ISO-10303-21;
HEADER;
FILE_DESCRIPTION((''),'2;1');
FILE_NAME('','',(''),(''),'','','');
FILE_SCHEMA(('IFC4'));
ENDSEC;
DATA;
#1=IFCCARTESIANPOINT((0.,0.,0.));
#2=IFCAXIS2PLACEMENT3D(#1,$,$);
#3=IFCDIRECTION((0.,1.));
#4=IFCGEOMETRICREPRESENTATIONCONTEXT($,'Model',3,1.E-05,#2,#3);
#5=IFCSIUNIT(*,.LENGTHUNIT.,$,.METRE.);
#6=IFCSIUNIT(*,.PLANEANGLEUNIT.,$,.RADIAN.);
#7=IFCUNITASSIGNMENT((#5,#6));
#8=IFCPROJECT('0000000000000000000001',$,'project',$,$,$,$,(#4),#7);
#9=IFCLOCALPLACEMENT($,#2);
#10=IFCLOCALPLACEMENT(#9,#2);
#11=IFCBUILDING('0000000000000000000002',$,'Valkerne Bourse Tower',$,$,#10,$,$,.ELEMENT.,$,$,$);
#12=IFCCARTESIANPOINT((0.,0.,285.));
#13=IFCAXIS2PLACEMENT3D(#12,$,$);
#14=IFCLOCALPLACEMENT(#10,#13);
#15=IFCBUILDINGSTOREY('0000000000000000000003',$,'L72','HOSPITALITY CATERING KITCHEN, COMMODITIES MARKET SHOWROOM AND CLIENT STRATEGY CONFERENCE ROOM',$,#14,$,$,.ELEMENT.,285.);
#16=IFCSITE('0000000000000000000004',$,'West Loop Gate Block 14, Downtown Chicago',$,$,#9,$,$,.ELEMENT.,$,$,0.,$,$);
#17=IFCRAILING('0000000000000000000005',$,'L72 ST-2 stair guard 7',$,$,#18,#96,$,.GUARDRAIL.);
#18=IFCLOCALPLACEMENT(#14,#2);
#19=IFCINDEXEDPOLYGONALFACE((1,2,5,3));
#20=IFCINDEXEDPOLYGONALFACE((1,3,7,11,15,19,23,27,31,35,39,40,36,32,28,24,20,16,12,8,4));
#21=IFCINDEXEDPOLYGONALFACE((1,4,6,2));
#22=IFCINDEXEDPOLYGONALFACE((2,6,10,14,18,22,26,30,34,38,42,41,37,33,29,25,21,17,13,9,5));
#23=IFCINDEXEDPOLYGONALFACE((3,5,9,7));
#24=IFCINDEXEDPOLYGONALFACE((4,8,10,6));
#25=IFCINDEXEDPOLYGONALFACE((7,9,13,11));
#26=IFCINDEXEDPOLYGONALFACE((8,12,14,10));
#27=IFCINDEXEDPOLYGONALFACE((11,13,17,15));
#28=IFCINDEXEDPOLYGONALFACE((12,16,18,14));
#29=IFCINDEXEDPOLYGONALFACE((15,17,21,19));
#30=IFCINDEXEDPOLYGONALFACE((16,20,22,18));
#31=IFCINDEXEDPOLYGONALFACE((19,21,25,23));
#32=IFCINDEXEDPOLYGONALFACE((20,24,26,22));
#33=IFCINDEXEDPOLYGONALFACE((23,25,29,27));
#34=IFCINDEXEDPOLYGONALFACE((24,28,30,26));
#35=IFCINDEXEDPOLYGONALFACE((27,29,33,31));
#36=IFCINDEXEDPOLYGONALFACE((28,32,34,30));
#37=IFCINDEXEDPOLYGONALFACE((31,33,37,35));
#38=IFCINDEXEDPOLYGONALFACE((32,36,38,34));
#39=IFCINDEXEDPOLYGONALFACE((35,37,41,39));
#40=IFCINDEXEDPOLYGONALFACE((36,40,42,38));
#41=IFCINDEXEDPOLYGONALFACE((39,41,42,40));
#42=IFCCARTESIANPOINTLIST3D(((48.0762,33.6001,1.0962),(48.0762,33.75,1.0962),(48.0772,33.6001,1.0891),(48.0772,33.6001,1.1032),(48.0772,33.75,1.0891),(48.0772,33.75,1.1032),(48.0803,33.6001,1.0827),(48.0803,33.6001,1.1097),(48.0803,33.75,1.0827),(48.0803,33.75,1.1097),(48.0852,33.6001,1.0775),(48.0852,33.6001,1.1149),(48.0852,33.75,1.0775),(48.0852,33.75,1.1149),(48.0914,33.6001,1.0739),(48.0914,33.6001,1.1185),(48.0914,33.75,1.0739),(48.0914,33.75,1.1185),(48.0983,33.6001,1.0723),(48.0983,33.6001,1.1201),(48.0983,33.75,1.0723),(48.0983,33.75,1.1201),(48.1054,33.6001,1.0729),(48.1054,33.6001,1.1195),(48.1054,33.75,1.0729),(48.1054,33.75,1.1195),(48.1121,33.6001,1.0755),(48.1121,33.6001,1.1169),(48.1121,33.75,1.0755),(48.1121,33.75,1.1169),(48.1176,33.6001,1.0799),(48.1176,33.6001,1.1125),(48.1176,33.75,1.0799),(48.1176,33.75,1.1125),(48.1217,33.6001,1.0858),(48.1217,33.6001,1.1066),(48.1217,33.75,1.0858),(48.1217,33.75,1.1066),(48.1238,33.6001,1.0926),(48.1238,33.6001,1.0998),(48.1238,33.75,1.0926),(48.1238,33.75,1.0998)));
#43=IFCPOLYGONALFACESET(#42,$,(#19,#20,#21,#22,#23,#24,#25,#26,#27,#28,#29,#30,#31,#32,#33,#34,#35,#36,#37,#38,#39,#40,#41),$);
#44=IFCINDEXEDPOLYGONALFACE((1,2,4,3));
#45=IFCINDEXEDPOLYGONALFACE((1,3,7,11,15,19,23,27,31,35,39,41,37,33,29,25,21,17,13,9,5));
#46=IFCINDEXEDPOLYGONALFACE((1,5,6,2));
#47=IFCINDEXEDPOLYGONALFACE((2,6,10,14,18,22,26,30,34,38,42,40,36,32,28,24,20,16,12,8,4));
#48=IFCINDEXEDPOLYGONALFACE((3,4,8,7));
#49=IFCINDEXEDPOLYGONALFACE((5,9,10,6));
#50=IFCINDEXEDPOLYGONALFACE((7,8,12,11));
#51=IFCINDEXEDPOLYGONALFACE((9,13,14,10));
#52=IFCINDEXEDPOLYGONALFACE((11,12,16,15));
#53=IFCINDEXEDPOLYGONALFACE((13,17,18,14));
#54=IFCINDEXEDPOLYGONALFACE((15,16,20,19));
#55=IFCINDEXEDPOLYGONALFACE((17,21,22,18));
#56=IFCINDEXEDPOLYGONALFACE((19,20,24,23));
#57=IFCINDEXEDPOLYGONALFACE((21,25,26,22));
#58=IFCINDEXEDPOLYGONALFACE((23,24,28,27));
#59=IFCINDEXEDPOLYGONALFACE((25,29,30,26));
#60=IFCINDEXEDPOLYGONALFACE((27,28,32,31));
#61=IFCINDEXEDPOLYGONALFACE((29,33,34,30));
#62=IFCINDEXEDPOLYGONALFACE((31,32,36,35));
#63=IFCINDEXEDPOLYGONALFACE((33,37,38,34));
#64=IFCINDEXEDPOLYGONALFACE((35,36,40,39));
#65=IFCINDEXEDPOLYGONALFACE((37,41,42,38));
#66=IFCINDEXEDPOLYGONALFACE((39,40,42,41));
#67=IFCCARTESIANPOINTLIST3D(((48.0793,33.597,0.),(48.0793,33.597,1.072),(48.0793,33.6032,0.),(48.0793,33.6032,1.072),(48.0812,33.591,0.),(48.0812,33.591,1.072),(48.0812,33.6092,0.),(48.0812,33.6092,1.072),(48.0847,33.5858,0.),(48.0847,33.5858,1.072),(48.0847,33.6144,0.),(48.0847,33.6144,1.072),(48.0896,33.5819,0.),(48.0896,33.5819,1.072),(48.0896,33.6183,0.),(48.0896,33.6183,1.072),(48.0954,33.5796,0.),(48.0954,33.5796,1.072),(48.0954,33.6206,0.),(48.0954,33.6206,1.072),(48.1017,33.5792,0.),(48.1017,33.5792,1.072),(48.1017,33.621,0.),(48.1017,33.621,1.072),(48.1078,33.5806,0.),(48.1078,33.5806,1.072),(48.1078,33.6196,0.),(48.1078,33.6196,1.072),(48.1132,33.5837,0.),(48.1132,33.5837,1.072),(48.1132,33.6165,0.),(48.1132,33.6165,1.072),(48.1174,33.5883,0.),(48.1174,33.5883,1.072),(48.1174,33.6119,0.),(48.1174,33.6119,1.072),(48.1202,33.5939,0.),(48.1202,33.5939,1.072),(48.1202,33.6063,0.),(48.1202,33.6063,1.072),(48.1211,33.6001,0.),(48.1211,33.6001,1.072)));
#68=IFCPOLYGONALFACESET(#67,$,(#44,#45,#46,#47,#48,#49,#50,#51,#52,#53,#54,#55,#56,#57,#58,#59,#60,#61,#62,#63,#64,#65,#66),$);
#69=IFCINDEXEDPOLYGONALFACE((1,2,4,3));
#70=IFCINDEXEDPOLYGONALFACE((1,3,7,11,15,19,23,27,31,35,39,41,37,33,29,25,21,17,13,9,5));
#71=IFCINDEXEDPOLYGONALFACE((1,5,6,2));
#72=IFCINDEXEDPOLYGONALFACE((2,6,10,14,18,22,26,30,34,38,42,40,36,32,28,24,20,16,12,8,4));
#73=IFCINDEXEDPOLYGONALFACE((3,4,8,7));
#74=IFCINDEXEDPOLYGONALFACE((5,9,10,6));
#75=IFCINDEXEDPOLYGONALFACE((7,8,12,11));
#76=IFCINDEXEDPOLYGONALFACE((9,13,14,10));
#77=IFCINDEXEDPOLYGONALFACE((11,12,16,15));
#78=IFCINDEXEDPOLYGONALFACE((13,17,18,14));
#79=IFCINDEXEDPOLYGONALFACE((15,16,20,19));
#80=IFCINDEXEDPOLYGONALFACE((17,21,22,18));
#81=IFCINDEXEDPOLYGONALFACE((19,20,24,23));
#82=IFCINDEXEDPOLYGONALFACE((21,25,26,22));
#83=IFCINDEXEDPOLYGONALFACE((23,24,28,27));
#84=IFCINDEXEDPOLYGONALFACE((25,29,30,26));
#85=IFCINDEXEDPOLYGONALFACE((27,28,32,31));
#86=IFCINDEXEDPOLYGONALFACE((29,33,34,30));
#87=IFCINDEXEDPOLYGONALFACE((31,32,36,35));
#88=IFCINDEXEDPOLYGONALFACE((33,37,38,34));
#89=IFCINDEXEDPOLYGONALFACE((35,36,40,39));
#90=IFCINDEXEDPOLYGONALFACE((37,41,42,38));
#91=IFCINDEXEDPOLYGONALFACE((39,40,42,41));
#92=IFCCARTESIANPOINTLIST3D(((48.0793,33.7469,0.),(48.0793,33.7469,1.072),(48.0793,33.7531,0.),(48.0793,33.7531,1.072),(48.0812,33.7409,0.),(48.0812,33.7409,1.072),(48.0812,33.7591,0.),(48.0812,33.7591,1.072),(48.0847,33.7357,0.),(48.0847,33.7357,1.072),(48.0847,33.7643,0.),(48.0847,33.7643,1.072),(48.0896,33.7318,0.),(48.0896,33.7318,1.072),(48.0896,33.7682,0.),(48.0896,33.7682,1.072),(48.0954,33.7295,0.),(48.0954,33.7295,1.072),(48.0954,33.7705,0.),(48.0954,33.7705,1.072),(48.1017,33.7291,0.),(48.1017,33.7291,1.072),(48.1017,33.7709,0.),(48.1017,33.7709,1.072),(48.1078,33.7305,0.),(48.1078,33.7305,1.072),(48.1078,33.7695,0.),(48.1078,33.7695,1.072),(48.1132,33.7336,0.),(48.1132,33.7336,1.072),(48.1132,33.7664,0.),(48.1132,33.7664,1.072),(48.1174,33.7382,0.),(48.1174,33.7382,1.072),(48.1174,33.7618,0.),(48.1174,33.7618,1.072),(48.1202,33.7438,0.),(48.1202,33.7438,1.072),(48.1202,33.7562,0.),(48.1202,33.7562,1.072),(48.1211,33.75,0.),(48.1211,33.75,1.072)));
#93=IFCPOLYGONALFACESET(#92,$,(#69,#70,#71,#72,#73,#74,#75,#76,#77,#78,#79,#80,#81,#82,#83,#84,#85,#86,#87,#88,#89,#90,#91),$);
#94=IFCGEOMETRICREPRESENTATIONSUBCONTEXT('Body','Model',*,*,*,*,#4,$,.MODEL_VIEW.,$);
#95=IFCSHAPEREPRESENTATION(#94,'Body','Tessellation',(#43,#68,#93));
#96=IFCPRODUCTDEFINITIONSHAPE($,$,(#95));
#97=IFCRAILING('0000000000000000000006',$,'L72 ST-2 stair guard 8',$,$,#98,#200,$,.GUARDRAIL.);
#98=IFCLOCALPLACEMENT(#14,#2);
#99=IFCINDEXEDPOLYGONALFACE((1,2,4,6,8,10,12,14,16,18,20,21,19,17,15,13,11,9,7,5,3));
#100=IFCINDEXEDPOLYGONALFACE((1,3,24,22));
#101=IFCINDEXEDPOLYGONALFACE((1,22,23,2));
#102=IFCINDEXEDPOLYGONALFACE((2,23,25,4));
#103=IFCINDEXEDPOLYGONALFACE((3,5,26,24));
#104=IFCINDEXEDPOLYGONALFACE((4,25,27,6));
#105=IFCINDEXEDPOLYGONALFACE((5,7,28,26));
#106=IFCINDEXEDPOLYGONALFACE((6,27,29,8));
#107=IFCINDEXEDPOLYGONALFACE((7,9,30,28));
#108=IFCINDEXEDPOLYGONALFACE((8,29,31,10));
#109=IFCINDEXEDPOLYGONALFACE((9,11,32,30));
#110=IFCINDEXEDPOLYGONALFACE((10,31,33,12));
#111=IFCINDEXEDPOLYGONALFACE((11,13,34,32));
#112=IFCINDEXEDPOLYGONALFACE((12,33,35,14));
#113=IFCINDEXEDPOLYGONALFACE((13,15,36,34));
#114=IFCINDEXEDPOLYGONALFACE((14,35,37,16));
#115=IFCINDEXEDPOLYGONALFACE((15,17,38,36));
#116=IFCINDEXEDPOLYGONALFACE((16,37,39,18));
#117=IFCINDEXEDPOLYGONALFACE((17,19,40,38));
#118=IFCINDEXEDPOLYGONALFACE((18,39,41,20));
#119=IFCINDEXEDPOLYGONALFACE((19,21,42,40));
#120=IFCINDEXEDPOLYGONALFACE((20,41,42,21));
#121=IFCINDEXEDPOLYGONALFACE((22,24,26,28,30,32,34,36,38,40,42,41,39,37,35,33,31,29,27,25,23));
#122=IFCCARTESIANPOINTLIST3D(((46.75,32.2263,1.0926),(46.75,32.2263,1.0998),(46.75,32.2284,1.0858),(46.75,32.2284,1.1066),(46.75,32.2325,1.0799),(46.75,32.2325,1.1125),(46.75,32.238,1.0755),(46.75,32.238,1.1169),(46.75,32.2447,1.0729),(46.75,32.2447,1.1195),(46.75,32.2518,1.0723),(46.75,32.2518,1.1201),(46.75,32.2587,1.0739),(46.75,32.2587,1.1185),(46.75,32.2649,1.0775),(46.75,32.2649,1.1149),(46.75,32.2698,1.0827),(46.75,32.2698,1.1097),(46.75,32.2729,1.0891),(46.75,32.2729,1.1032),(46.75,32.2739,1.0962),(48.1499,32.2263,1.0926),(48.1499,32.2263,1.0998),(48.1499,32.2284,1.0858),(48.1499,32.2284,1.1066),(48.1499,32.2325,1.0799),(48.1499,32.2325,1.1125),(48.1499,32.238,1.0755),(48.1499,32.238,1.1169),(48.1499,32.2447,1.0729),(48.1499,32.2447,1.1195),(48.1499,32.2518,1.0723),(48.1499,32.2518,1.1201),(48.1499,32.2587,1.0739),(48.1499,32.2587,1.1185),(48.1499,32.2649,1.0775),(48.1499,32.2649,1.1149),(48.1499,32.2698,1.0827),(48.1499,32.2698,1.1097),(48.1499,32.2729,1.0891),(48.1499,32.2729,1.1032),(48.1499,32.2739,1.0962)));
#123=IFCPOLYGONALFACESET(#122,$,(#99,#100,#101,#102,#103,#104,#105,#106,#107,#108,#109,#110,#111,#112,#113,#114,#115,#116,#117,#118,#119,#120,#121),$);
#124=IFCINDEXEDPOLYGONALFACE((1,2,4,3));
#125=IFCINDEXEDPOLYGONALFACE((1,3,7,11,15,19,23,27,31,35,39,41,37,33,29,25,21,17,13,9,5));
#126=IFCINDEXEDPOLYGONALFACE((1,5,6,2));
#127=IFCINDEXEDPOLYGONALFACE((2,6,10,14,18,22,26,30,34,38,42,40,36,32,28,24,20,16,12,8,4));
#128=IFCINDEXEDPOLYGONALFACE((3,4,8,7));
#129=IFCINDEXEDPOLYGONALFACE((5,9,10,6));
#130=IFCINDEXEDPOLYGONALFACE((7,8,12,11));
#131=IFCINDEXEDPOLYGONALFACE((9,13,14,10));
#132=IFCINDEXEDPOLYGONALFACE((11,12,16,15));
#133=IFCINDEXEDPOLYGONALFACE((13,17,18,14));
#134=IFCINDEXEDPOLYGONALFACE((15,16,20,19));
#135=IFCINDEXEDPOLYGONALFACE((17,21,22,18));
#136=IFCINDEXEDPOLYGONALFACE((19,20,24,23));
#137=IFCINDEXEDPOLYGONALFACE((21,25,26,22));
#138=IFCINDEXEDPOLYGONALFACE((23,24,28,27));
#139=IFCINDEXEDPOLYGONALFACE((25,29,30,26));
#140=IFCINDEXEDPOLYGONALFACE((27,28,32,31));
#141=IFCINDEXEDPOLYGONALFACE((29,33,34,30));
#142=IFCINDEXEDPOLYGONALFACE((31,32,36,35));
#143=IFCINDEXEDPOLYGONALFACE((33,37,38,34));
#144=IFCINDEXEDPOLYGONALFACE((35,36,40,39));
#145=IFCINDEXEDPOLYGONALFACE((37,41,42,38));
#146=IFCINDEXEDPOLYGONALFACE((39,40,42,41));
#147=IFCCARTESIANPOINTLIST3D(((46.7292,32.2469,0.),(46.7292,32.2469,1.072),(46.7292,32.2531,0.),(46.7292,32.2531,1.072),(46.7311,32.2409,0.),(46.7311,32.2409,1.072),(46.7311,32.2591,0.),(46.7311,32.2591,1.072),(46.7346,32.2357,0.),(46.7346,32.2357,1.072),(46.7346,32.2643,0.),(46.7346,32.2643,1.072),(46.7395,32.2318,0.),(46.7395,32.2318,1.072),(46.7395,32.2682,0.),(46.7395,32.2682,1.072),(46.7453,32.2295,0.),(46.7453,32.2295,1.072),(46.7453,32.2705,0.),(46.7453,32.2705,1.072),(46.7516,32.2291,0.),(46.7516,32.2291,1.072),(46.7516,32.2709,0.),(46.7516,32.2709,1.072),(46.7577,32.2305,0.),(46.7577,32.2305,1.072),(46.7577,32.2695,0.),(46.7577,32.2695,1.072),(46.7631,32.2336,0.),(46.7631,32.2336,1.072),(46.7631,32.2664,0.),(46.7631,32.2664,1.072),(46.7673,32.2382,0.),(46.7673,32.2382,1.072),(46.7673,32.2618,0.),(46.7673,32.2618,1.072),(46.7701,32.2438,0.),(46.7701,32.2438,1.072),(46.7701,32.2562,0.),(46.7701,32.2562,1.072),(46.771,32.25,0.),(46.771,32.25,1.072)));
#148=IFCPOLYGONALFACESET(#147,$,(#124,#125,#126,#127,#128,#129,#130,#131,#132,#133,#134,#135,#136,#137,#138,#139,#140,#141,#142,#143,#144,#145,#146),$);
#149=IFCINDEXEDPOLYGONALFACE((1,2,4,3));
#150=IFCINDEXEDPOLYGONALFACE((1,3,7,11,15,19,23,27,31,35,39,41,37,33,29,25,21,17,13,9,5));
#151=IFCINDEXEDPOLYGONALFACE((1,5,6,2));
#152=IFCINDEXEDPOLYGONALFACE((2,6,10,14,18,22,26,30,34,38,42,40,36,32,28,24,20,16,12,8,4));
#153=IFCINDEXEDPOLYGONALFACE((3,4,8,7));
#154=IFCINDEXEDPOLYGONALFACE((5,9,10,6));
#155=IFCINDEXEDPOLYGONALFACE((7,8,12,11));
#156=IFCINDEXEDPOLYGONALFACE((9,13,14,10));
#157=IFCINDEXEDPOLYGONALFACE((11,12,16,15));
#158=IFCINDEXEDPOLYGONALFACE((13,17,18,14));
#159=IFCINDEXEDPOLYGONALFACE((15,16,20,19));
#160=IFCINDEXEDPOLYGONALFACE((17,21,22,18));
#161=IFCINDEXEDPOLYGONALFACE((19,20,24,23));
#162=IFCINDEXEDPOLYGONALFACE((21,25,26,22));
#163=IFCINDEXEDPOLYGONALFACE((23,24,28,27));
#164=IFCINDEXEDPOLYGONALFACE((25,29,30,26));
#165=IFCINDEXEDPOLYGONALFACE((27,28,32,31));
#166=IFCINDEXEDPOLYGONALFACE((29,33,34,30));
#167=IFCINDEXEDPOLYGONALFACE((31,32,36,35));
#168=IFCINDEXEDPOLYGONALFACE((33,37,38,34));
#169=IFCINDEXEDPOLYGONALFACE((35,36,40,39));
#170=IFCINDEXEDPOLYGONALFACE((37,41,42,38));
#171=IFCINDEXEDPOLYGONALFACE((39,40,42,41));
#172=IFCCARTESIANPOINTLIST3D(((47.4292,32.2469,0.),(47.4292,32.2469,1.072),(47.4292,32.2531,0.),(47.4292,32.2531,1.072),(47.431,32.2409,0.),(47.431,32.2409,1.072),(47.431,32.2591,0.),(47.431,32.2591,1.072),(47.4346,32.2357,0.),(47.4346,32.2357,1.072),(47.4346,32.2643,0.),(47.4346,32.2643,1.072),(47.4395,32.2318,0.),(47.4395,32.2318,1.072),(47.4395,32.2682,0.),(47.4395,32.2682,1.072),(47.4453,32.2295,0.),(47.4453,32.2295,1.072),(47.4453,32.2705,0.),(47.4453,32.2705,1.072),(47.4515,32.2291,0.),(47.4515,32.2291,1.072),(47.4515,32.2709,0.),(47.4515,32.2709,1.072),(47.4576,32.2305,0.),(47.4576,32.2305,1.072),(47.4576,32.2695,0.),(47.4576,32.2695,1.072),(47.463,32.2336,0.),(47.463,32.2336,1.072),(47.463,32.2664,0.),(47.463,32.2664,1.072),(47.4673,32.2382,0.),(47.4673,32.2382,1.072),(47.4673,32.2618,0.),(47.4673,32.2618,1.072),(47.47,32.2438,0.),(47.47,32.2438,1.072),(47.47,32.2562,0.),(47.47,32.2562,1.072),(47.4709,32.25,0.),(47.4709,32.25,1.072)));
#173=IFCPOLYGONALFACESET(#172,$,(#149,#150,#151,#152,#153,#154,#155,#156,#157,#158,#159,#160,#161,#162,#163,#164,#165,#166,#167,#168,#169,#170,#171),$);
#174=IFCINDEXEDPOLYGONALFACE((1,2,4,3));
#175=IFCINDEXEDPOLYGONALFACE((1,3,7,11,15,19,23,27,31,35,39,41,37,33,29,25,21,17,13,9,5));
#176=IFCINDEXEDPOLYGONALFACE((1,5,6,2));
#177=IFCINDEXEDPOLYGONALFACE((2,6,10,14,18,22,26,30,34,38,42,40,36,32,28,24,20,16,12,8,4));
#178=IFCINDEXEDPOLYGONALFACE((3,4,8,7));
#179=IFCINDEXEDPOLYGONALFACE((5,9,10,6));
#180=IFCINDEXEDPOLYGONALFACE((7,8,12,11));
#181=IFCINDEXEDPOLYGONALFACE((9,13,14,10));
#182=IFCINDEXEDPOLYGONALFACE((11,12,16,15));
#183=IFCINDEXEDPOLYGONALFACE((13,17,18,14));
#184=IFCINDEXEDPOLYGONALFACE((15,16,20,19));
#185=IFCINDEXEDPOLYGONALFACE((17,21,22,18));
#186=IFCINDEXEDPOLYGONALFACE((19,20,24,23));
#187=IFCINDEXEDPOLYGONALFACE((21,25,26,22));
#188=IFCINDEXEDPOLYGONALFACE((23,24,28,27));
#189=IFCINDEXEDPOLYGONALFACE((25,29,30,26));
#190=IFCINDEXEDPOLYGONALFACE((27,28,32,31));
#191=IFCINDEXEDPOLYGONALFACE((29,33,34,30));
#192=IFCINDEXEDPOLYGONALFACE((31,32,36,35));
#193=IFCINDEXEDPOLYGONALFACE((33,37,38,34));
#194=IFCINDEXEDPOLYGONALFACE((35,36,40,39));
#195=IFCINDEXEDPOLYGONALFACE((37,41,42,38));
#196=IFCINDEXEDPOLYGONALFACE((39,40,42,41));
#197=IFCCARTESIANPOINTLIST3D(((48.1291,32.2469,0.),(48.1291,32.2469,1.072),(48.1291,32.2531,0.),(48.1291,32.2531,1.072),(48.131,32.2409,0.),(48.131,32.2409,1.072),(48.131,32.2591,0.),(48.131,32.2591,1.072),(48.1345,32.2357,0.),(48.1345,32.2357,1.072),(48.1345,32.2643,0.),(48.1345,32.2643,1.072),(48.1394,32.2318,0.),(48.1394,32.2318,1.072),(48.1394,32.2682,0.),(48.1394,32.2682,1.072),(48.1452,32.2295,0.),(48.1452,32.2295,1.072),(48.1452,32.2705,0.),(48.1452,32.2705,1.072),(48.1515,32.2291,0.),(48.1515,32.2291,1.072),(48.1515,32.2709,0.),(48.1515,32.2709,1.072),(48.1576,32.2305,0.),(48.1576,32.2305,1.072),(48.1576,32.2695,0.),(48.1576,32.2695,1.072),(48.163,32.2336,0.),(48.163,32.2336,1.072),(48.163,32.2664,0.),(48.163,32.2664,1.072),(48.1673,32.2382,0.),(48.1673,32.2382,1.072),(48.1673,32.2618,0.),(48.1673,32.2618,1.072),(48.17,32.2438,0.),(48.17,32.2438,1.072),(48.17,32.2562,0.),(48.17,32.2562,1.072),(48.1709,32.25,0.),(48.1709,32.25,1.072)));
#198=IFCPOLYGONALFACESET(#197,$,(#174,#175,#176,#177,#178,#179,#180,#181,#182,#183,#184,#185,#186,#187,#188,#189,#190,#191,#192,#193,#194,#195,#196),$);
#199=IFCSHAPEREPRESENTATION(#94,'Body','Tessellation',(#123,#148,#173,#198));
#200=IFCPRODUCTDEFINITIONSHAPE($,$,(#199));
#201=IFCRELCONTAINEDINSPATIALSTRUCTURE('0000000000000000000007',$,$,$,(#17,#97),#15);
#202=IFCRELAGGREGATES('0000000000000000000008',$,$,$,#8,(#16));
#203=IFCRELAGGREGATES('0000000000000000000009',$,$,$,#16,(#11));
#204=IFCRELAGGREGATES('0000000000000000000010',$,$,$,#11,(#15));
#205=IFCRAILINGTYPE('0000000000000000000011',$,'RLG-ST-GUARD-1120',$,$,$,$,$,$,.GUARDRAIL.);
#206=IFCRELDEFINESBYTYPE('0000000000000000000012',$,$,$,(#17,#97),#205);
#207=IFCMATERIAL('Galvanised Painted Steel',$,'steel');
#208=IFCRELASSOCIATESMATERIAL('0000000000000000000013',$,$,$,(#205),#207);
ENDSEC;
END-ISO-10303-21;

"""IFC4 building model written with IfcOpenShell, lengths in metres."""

from ifc_helpers import new_model, si_unit, direction, frame, origin, origin_2d, place, context, subcontext, project, spatial, circle, extrude, material, type_object, element, save


model = new_model("IFC4")

# Units and contexts
model_context = context("Model", 3, precision=1e-05, world=origin(), true_north=direction((0.0, 1.0)))
body_context = subcontext(model_context, "Body", "Model", "MODEL_VIEW")
ifc_project = project(units=[si_unit("LENGTHUNIT", "METRE"), si_unit("PLANEANGLEUNIT", "RADIAN")], contexts=[model_context])

# Site, building, storey
site_placement = place(None, origin())
site = spatial("IfcSite", under=ifc_project, at=site_placement, Name="West Loop Gate Block 14, Downtown Chicago", CompositionType="ELEMENT", RefElevation=0.0)
building_placement = place(site_placement, origin())
building = spatial("IfcBuilding", under=site, at=building_placement, Name="Valkerne Bourse Tower", CompositionType="ELEMENT")
storey_placement = place(building_placement, frame((0.0, 0.0, 285.0)))
storey = spatial("IfcBuildingStorey", under=building, at=storey_placement, Name="L72", Description="HOSPITALITY CATERING KITCHEN, COMMODITIES MARKET SHOWROOM AND CLIENT STRATEGY CONFERENCE ROOM", CompositionType="ELEMENT", Elevation=285.0)

# Shared definitions
ifc_material_1 = material(Name="Galvanised Painted Steel", Category="steel")

# Railings
railing_type_1 = type_object("IfcRailingType", Name="RLG-ST-GUARD-1120", PredefinedType="GUARDRAIL", material=ifc_material_1)
railing_1_placement = place(storey_placement, frame((48.1001, 33.6001, 0.0)))
element("IfcRailing", 1, at=railing_1_placement, inside=storey, type_object=railing_type_1, Name="L72 ST-2 stair guard 7", PredefinedType="GUARDRAIL", context=body_context, shape_type="SweptSolid", body=[
    extrude(circle(Radius=0.0239, at=origin_2d()), frame((0.0, 0.0, 1.0962), z_axis=(0.0, 1.0, 0.0), x_axis=(-1.0, 0.0, 0.0)), (0.0, 0.0, 1.0), 0.1499),
    extrude(circle(Radius=0.021, at=origin_2d()), origin(), (0.0, 0.0, 1.0), 1.072),
    extrude(circle(Radius=0.021, at=origin_2d()), frame((0.0, 0.1499, 0.0)), (0.0, 0.0, 1.0), 1.072),
])
for number, where, name in (
    (2, (46.75, 32.25, 0.0), "L72 ST-2 stair guard 8"),
):
    element("IfcRailing", number, at=place(storey_placement, frame(where)), inside=storey, type_object=railing_type_1, Name=name, PredefinedType="GUARDRAIL", context=body_context, shape_type="SweptSolid", body=[
        extrude(circle(Radius=0.0239, at=origin_2d()), frame((0.0, 0.0, 1.0962), z_axis=(1.0, 0.0, 0.0), x_axis=(0.0, 1.0, 0.0)), (0.0, 0.0, 1.0), 1.3999),
        extrude(circle(Radius=0.021, at=origin_2d()), origin(), (0.0, 0.0, 1.0), 1.072),
        extrude(circle(Radius=0.021, at=origin_2d()), frame((0.7, 0.0, 0.0)), (0.0, 0.0, 1.0), 1.072),
        extrude(circle(Radius=0.021, at=origin_2d()), frame((1.3999, 0.0, 0.0)), (0.0, 0.0, 1.0), 1.072),
    ])

save(model, "model.ifc")
